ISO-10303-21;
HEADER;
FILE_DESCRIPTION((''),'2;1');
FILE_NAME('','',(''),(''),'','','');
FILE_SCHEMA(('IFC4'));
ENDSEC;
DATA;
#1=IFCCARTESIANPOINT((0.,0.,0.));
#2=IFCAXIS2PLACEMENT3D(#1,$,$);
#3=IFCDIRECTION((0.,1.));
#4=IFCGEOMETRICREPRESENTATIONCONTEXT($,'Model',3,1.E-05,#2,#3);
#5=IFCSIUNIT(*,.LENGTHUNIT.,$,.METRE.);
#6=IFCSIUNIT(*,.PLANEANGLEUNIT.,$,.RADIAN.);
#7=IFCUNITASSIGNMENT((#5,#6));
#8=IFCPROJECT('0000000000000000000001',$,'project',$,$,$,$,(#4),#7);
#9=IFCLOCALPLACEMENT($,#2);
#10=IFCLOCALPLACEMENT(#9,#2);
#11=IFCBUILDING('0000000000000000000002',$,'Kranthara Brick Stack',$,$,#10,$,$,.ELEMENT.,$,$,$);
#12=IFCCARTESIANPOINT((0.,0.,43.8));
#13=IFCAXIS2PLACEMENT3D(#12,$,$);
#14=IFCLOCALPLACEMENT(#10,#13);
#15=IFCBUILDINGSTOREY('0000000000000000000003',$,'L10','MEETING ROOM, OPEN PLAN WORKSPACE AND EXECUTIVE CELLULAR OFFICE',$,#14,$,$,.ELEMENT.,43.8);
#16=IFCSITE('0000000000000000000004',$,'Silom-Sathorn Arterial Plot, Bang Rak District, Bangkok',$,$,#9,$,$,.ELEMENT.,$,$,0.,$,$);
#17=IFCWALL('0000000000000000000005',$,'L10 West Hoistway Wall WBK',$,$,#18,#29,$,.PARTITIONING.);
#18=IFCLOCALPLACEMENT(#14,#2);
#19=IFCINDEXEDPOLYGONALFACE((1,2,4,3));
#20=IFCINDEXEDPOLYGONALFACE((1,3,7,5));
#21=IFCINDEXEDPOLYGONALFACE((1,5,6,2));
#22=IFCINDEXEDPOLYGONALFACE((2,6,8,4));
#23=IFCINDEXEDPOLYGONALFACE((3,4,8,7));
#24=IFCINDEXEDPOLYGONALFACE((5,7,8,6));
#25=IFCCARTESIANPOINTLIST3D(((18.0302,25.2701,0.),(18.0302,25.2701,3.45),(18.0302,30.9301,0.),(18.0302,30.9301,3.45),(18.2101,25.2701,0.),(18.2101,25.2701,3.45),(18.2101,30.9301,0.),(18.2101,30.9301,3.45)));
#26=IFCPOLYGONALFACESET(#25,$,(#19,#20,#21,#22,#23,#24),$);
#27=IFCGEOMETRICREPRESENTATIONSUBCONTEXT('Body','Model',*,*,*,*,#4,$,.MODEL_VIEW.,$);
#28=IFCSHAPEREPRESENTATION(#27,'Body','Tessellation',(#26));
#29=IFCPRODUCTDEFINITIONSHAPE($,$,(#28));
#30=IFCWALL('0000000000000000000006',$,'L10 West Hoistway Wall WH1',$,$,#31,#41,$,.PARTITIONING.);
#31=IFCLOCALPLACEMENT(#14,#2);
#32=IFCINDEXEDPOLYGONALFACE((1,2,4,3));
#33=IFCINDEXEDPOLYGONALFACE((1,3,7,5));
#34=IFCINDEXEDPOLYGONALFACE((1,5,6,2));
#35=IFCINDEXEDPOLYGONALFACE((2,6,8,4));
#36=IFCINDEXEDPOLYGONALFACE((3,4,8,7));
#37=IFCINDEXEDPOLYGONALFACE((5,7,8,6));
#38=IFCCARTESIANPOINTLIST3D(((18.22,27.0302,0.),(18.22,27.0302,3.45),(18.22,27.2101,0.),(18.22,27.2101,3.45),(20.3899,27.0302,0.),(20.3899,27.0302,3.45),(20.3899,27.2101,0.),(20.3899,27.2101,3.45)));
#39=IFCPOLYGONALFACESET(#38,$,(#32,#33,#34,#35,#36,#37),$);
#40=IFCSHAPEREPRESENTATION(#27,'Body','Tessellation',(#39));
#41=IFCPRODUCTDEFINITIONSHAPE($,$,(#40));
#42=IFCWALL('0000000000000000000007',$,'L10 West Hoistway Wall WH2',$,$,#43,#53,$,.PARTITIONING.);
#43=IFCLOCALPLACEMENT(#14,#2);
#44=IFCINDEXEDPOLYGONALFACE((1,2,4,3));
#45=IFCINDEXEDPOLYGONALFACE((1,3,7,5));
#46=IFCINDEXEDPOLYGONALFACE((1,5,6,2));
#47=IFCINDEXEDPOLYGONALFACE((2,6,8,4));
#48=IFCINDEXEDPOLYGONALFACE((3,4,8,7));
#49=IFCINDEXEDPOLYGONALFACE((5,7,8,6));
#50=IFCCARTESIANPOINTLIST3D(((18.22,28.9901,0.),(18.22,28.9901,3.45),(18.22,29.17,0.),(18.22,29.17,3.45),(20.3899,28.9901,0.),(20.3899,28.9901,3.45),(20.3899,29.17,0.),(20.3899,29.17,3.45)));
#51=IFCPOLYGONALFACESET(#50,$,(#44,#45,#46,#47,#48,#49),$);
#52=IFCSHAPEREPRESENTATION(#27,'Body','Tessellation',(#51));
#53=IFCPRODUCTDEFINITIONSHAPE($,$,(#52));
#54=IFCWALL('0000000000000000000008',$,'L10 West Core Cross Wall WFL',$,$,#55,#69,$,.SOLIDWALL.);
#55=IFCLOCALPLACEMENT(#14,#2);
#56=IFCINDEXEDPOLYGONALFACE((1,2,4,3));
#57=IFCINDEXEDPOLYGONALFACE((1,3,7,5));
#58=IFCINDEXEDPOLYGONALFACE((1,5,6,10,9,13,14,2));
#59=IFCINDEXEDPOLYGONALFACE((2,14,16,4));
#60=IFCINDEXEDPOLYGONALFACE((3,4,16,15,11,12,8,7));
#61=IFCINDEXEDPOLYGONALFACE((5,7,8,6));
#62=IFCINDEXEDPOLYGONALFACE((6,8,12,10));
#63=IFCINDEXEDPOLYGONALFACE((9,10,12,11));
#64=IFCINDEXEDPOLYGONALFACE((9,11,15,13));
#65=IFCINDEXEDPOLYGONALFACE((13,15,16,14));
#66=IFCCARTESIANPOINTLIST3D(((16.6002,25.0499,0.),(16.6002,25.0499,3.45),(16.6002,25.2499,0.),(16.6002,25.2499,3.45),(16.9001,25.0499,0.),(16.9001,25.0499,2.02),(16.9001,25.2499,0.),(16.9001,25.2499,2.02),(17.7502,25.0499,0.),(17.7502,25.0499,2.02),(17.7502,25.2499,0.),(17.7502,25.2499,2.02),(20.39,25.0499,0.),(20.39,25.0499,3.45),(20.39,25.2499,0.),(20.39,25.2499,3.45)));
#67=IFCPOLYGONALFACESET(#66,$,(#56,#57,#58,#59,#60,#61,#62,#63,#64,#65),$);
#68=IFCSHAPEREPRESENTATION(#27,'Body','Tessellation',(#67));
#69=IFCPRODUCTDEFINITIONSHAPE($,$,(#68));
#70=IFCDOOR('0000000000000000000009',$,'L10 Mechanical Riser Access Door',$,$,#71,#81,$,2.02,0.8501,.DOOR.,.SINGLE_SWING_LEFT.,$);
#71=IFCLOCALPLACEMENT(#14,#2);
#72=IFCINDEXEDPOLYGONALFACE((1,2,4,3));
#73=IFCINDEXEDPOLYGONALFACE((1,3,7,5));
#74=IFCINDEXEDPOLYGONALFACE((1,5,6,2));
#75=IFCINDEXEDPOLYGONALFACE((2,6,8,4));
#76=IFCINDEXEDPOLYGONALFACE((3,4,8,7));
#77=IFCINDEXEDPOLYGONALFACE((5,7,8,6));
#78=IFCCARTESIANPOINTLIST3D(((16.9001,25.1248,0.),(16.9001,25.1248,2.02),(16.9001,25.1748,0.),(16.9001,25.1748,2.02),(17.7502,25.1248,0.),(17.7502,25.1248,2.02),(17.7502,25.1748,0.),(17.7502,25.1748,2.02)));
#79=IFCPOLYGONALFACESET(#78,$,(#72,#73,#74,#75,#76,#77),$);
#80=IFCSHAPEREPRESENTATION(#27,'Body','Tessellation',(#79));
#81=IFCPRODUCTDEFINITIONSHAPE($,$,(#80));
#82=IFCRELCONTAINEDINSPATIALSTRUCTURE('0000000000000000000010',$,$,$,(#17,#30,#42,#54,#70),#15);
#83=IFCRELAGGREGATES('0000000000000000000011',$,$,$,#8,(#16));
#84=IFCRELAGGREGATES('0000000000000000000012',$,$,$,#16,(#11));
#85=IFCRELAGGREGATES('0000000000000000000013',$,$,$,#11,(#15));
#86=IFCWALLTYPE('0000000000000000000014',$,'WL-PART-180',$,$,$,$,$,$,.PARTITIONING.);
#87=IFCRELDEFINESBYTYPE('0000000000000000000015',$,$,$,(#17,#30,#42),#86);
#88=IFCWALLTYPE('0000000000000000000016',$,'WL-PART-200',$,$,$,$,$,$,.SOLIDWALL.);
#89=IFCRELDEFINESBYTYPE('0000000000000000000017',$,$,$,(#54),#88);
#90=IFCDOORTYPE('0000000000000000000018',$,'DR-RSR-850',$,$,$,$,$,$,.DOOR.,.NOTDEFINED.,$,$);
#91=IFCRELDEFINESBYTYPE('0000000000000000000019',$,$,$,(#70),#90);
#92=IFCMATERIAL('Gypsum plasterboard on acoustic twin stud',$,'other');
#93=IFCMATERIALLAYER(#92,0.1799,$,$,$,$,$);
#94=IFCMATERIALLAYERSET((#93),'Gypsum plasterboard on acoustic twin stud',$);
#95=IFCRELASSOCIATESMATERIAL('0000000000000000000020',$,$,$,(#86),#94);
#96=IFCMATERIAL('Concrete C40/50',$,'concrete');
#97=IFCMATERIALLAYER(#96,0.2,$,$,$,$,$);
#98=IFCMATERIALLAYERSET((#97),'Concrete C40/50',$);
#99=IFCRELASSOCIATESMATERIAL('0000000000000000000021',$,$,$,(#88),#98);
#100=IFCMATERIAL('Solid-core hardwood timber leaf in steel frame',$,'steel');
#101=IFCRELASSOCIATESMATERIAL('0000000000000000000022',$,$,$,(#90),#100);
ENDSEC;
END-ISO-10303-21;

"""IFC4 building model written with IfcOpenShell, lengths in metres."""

from ifc_helpers import new_model, si_unit, direction, frame, frame_2d, origin, place, context, subcontext, project, spatial, rectangle, extrude, material, layer, layer_set, type_object, element, fill, save


model = new_model("IFC4")

# Units and contexts
model_context = context("Model", 3, precision=1e-05, world=origin(), true_north=direction((0.0, 1.0)))
body_context = subcontext(model_context, "Body", "Model", "MODEL_VIEW")
ifc_project = project(units=[si_unit("LENGTHUNIT", "METRE"), si_unit("PLANEANGLEUNIT", "RADIAN")], contexts=[model_context])

# Site, building, storey
site_placement = place(None, origin())
site = spatial("IfcSite", under=ifc_project, at=site_placement, Name="Silom-Sathorn Arterial Plot, Bang Rak District, Bangkok", CompositionType="ELEMENT", RefElevation=0.0)
building_placement = place(site_placement, origin())
building = spatial("IfcBuilding", under=site, at=building_placement, Name="Kranthara Brick Stack", CompositionType="ELEMENT")
storey_placement = place(building_placement, frame((0.0, 0.0, 43.8)))
storey = spatial("IfcBuildingStorey", under=building, at=storey_placement, Name="L10", Description="MEETING ROOM, OPEN PLAN WORKSPACE AND EXECUTIVE CELLULAR OFFICE", CompositionType="ELEMENT", Elevation=43.8)

# Walls
ifc_material_1 = material(Name="Gypsum plasterboard on acoustic twin stud", Category="other")
ifc_layer_1 = layer(ifc_material_1, 0.1799)
ifc_layer_set_1 = layer_set([ifc_layer_1], Name="Gypsum plasterboard on acoustic twin stud")
wall_type_1 = type_object("IfcWallType", Name="WL-PART-180", PredefinedType="PARTITIONING", material=ifc_layer_set_1)
wall_1_placement = place(storey_placement, frame((18.1201, 25.27, 0.0), z_axis=(0.0, 0.0, 1.0), x_axis=(0.0, 1.0, 0.0)))
element("IfcWall", 1, at=wall_1_placement, inside=storey, type_object=wall_type_1, Name="L10 West Hoistway Wall WBK", PredefinedType="PARTITIONING", context=body_context, shape_type="SweptSolid", body=[
    extrude(rectangle(XDim=5.6599, YDim=0.1799, at=frame_2d((2.8301, 0.0))), origin(), (0.0, 0.0, 1.0), 3.45),
])
for number, where, z_axis, x_axis, name in (
    (2, (18.22, 27.1201, 0.0), (0.0, 0.0, 1.0), (1.0, 0.0, 0.0), "L10 West Hoistway Wall WH1"),
    (3, (18.22, 29.0801, 0.0), (0.0, 0.0, 1.0), (1.0, 0.0, 0.0), "L10 West Hoistway Wall WH2"),
):
    element("IfcWall", number, at=place(storey_placement, frame(where, z_axis=z_axis, x_axis=x_axis)), inside=storey, type_object=wall_type_1, Name=name, PredefinedType="PARTITIONING", context=body_context, shape_type="SweptSolid", body=[
        extrude(rectangle(XDim=2.1699, YDim=0.1799, at=frame_2d((1.085, 0.0))), origin(), (0.0, 0.0, 1.0), 3.45),
    ])

# Wall, opening, door
ifc_material_2 = material(Name="Concrete C40/50", Category="concrete")
ifc_layer_2 = layer(ifc_material_2, 0.2)
ifc_layer_set_2 = layer_set([ifc_layer_2], Name="Concrete C40/50")
wall_type_2 = type_object("IfcWallType", Name="WL-PART-200", PredefinedType="SOLIDWALL", material=ifc_layer_set_2)
wall_2_placement = place(storey_placement, frame((16.6001, 25.1499, 0.0), z_axis=(0.0, 0.0, 1.0), x_axis=(1.0, 0.0, 0.0)))
wall_2 = element("IfcWall", 4, at=wall_2_placement, inside=storey, type_object=wall_type_2, Name="L10 West Core Cross Wall WFL", PredefinedType="SOLIDWALL", context=body_context, shape_type="SweptSolid", body=[
    extrude(rectangle(XDim=3.7898, YDim=0.2, at=frame_2d((1.895, 0.0))), origin(), (0.0, 0.0, 1.0), 3.45),
])
opening_1_placement = place(wall_2_placement, frame((0.3, 0.0, 0.0)))
opening_1 = element("IfcOpeningElement", 5, at=opening_1_placement, cuts=wall_2, PredefinedType="OPENING", context=body_context, shape_type="SweptSolid", body=[
    extrude(rectangle(XDim=0.8501, YDim=2.02, at=frame_2d((0.425, 1.01))), frame((0.0, 0.1099, 0.0), z_axis=(0.0, -1.0, 0.0), x_axis=(1.0, 0.0, 0.0)), (0.0, 0.0, 1.0), 0.22),
])
ifc_material_3 = material(Name="Solid-core hardwood timber leaf in steel frame", Category="steel")
door_type_1 = type_object("IfcDoorType", Name="DR-RSR-850", OperationType="NOTDEFINED", PredefinedType="DOOR", material=ifc_material_3)
door_1_placement = place(opening_1_placement, origin())
door_1 = element("IfcDoor", 6, at=door_1_placement, inside=storey, type_object=door_type_1, Name="L10 Mechanical Riser Access Door", OperationType="SINGLE_SWING_LEFT", OverallHeight=2.02, OverallWidth=0.8501, PredefinedType="DOOR", context=body_context, shape_type="SweptSolid", body=[
    extrude(rectangle(XDim=0.8501, YDim=2.02, at=frame_2d((0.425, 1.01))), frame((0.0, 0.0249, 0.0), z_axis=(0.0, -1.0, 0.0), x_axis=(1.0, 0.0, 0.0)), (0.0, 0.0, 1.0), 0.05),
])
fill(opening_1, door_1)

save(model, "model.ifc")
